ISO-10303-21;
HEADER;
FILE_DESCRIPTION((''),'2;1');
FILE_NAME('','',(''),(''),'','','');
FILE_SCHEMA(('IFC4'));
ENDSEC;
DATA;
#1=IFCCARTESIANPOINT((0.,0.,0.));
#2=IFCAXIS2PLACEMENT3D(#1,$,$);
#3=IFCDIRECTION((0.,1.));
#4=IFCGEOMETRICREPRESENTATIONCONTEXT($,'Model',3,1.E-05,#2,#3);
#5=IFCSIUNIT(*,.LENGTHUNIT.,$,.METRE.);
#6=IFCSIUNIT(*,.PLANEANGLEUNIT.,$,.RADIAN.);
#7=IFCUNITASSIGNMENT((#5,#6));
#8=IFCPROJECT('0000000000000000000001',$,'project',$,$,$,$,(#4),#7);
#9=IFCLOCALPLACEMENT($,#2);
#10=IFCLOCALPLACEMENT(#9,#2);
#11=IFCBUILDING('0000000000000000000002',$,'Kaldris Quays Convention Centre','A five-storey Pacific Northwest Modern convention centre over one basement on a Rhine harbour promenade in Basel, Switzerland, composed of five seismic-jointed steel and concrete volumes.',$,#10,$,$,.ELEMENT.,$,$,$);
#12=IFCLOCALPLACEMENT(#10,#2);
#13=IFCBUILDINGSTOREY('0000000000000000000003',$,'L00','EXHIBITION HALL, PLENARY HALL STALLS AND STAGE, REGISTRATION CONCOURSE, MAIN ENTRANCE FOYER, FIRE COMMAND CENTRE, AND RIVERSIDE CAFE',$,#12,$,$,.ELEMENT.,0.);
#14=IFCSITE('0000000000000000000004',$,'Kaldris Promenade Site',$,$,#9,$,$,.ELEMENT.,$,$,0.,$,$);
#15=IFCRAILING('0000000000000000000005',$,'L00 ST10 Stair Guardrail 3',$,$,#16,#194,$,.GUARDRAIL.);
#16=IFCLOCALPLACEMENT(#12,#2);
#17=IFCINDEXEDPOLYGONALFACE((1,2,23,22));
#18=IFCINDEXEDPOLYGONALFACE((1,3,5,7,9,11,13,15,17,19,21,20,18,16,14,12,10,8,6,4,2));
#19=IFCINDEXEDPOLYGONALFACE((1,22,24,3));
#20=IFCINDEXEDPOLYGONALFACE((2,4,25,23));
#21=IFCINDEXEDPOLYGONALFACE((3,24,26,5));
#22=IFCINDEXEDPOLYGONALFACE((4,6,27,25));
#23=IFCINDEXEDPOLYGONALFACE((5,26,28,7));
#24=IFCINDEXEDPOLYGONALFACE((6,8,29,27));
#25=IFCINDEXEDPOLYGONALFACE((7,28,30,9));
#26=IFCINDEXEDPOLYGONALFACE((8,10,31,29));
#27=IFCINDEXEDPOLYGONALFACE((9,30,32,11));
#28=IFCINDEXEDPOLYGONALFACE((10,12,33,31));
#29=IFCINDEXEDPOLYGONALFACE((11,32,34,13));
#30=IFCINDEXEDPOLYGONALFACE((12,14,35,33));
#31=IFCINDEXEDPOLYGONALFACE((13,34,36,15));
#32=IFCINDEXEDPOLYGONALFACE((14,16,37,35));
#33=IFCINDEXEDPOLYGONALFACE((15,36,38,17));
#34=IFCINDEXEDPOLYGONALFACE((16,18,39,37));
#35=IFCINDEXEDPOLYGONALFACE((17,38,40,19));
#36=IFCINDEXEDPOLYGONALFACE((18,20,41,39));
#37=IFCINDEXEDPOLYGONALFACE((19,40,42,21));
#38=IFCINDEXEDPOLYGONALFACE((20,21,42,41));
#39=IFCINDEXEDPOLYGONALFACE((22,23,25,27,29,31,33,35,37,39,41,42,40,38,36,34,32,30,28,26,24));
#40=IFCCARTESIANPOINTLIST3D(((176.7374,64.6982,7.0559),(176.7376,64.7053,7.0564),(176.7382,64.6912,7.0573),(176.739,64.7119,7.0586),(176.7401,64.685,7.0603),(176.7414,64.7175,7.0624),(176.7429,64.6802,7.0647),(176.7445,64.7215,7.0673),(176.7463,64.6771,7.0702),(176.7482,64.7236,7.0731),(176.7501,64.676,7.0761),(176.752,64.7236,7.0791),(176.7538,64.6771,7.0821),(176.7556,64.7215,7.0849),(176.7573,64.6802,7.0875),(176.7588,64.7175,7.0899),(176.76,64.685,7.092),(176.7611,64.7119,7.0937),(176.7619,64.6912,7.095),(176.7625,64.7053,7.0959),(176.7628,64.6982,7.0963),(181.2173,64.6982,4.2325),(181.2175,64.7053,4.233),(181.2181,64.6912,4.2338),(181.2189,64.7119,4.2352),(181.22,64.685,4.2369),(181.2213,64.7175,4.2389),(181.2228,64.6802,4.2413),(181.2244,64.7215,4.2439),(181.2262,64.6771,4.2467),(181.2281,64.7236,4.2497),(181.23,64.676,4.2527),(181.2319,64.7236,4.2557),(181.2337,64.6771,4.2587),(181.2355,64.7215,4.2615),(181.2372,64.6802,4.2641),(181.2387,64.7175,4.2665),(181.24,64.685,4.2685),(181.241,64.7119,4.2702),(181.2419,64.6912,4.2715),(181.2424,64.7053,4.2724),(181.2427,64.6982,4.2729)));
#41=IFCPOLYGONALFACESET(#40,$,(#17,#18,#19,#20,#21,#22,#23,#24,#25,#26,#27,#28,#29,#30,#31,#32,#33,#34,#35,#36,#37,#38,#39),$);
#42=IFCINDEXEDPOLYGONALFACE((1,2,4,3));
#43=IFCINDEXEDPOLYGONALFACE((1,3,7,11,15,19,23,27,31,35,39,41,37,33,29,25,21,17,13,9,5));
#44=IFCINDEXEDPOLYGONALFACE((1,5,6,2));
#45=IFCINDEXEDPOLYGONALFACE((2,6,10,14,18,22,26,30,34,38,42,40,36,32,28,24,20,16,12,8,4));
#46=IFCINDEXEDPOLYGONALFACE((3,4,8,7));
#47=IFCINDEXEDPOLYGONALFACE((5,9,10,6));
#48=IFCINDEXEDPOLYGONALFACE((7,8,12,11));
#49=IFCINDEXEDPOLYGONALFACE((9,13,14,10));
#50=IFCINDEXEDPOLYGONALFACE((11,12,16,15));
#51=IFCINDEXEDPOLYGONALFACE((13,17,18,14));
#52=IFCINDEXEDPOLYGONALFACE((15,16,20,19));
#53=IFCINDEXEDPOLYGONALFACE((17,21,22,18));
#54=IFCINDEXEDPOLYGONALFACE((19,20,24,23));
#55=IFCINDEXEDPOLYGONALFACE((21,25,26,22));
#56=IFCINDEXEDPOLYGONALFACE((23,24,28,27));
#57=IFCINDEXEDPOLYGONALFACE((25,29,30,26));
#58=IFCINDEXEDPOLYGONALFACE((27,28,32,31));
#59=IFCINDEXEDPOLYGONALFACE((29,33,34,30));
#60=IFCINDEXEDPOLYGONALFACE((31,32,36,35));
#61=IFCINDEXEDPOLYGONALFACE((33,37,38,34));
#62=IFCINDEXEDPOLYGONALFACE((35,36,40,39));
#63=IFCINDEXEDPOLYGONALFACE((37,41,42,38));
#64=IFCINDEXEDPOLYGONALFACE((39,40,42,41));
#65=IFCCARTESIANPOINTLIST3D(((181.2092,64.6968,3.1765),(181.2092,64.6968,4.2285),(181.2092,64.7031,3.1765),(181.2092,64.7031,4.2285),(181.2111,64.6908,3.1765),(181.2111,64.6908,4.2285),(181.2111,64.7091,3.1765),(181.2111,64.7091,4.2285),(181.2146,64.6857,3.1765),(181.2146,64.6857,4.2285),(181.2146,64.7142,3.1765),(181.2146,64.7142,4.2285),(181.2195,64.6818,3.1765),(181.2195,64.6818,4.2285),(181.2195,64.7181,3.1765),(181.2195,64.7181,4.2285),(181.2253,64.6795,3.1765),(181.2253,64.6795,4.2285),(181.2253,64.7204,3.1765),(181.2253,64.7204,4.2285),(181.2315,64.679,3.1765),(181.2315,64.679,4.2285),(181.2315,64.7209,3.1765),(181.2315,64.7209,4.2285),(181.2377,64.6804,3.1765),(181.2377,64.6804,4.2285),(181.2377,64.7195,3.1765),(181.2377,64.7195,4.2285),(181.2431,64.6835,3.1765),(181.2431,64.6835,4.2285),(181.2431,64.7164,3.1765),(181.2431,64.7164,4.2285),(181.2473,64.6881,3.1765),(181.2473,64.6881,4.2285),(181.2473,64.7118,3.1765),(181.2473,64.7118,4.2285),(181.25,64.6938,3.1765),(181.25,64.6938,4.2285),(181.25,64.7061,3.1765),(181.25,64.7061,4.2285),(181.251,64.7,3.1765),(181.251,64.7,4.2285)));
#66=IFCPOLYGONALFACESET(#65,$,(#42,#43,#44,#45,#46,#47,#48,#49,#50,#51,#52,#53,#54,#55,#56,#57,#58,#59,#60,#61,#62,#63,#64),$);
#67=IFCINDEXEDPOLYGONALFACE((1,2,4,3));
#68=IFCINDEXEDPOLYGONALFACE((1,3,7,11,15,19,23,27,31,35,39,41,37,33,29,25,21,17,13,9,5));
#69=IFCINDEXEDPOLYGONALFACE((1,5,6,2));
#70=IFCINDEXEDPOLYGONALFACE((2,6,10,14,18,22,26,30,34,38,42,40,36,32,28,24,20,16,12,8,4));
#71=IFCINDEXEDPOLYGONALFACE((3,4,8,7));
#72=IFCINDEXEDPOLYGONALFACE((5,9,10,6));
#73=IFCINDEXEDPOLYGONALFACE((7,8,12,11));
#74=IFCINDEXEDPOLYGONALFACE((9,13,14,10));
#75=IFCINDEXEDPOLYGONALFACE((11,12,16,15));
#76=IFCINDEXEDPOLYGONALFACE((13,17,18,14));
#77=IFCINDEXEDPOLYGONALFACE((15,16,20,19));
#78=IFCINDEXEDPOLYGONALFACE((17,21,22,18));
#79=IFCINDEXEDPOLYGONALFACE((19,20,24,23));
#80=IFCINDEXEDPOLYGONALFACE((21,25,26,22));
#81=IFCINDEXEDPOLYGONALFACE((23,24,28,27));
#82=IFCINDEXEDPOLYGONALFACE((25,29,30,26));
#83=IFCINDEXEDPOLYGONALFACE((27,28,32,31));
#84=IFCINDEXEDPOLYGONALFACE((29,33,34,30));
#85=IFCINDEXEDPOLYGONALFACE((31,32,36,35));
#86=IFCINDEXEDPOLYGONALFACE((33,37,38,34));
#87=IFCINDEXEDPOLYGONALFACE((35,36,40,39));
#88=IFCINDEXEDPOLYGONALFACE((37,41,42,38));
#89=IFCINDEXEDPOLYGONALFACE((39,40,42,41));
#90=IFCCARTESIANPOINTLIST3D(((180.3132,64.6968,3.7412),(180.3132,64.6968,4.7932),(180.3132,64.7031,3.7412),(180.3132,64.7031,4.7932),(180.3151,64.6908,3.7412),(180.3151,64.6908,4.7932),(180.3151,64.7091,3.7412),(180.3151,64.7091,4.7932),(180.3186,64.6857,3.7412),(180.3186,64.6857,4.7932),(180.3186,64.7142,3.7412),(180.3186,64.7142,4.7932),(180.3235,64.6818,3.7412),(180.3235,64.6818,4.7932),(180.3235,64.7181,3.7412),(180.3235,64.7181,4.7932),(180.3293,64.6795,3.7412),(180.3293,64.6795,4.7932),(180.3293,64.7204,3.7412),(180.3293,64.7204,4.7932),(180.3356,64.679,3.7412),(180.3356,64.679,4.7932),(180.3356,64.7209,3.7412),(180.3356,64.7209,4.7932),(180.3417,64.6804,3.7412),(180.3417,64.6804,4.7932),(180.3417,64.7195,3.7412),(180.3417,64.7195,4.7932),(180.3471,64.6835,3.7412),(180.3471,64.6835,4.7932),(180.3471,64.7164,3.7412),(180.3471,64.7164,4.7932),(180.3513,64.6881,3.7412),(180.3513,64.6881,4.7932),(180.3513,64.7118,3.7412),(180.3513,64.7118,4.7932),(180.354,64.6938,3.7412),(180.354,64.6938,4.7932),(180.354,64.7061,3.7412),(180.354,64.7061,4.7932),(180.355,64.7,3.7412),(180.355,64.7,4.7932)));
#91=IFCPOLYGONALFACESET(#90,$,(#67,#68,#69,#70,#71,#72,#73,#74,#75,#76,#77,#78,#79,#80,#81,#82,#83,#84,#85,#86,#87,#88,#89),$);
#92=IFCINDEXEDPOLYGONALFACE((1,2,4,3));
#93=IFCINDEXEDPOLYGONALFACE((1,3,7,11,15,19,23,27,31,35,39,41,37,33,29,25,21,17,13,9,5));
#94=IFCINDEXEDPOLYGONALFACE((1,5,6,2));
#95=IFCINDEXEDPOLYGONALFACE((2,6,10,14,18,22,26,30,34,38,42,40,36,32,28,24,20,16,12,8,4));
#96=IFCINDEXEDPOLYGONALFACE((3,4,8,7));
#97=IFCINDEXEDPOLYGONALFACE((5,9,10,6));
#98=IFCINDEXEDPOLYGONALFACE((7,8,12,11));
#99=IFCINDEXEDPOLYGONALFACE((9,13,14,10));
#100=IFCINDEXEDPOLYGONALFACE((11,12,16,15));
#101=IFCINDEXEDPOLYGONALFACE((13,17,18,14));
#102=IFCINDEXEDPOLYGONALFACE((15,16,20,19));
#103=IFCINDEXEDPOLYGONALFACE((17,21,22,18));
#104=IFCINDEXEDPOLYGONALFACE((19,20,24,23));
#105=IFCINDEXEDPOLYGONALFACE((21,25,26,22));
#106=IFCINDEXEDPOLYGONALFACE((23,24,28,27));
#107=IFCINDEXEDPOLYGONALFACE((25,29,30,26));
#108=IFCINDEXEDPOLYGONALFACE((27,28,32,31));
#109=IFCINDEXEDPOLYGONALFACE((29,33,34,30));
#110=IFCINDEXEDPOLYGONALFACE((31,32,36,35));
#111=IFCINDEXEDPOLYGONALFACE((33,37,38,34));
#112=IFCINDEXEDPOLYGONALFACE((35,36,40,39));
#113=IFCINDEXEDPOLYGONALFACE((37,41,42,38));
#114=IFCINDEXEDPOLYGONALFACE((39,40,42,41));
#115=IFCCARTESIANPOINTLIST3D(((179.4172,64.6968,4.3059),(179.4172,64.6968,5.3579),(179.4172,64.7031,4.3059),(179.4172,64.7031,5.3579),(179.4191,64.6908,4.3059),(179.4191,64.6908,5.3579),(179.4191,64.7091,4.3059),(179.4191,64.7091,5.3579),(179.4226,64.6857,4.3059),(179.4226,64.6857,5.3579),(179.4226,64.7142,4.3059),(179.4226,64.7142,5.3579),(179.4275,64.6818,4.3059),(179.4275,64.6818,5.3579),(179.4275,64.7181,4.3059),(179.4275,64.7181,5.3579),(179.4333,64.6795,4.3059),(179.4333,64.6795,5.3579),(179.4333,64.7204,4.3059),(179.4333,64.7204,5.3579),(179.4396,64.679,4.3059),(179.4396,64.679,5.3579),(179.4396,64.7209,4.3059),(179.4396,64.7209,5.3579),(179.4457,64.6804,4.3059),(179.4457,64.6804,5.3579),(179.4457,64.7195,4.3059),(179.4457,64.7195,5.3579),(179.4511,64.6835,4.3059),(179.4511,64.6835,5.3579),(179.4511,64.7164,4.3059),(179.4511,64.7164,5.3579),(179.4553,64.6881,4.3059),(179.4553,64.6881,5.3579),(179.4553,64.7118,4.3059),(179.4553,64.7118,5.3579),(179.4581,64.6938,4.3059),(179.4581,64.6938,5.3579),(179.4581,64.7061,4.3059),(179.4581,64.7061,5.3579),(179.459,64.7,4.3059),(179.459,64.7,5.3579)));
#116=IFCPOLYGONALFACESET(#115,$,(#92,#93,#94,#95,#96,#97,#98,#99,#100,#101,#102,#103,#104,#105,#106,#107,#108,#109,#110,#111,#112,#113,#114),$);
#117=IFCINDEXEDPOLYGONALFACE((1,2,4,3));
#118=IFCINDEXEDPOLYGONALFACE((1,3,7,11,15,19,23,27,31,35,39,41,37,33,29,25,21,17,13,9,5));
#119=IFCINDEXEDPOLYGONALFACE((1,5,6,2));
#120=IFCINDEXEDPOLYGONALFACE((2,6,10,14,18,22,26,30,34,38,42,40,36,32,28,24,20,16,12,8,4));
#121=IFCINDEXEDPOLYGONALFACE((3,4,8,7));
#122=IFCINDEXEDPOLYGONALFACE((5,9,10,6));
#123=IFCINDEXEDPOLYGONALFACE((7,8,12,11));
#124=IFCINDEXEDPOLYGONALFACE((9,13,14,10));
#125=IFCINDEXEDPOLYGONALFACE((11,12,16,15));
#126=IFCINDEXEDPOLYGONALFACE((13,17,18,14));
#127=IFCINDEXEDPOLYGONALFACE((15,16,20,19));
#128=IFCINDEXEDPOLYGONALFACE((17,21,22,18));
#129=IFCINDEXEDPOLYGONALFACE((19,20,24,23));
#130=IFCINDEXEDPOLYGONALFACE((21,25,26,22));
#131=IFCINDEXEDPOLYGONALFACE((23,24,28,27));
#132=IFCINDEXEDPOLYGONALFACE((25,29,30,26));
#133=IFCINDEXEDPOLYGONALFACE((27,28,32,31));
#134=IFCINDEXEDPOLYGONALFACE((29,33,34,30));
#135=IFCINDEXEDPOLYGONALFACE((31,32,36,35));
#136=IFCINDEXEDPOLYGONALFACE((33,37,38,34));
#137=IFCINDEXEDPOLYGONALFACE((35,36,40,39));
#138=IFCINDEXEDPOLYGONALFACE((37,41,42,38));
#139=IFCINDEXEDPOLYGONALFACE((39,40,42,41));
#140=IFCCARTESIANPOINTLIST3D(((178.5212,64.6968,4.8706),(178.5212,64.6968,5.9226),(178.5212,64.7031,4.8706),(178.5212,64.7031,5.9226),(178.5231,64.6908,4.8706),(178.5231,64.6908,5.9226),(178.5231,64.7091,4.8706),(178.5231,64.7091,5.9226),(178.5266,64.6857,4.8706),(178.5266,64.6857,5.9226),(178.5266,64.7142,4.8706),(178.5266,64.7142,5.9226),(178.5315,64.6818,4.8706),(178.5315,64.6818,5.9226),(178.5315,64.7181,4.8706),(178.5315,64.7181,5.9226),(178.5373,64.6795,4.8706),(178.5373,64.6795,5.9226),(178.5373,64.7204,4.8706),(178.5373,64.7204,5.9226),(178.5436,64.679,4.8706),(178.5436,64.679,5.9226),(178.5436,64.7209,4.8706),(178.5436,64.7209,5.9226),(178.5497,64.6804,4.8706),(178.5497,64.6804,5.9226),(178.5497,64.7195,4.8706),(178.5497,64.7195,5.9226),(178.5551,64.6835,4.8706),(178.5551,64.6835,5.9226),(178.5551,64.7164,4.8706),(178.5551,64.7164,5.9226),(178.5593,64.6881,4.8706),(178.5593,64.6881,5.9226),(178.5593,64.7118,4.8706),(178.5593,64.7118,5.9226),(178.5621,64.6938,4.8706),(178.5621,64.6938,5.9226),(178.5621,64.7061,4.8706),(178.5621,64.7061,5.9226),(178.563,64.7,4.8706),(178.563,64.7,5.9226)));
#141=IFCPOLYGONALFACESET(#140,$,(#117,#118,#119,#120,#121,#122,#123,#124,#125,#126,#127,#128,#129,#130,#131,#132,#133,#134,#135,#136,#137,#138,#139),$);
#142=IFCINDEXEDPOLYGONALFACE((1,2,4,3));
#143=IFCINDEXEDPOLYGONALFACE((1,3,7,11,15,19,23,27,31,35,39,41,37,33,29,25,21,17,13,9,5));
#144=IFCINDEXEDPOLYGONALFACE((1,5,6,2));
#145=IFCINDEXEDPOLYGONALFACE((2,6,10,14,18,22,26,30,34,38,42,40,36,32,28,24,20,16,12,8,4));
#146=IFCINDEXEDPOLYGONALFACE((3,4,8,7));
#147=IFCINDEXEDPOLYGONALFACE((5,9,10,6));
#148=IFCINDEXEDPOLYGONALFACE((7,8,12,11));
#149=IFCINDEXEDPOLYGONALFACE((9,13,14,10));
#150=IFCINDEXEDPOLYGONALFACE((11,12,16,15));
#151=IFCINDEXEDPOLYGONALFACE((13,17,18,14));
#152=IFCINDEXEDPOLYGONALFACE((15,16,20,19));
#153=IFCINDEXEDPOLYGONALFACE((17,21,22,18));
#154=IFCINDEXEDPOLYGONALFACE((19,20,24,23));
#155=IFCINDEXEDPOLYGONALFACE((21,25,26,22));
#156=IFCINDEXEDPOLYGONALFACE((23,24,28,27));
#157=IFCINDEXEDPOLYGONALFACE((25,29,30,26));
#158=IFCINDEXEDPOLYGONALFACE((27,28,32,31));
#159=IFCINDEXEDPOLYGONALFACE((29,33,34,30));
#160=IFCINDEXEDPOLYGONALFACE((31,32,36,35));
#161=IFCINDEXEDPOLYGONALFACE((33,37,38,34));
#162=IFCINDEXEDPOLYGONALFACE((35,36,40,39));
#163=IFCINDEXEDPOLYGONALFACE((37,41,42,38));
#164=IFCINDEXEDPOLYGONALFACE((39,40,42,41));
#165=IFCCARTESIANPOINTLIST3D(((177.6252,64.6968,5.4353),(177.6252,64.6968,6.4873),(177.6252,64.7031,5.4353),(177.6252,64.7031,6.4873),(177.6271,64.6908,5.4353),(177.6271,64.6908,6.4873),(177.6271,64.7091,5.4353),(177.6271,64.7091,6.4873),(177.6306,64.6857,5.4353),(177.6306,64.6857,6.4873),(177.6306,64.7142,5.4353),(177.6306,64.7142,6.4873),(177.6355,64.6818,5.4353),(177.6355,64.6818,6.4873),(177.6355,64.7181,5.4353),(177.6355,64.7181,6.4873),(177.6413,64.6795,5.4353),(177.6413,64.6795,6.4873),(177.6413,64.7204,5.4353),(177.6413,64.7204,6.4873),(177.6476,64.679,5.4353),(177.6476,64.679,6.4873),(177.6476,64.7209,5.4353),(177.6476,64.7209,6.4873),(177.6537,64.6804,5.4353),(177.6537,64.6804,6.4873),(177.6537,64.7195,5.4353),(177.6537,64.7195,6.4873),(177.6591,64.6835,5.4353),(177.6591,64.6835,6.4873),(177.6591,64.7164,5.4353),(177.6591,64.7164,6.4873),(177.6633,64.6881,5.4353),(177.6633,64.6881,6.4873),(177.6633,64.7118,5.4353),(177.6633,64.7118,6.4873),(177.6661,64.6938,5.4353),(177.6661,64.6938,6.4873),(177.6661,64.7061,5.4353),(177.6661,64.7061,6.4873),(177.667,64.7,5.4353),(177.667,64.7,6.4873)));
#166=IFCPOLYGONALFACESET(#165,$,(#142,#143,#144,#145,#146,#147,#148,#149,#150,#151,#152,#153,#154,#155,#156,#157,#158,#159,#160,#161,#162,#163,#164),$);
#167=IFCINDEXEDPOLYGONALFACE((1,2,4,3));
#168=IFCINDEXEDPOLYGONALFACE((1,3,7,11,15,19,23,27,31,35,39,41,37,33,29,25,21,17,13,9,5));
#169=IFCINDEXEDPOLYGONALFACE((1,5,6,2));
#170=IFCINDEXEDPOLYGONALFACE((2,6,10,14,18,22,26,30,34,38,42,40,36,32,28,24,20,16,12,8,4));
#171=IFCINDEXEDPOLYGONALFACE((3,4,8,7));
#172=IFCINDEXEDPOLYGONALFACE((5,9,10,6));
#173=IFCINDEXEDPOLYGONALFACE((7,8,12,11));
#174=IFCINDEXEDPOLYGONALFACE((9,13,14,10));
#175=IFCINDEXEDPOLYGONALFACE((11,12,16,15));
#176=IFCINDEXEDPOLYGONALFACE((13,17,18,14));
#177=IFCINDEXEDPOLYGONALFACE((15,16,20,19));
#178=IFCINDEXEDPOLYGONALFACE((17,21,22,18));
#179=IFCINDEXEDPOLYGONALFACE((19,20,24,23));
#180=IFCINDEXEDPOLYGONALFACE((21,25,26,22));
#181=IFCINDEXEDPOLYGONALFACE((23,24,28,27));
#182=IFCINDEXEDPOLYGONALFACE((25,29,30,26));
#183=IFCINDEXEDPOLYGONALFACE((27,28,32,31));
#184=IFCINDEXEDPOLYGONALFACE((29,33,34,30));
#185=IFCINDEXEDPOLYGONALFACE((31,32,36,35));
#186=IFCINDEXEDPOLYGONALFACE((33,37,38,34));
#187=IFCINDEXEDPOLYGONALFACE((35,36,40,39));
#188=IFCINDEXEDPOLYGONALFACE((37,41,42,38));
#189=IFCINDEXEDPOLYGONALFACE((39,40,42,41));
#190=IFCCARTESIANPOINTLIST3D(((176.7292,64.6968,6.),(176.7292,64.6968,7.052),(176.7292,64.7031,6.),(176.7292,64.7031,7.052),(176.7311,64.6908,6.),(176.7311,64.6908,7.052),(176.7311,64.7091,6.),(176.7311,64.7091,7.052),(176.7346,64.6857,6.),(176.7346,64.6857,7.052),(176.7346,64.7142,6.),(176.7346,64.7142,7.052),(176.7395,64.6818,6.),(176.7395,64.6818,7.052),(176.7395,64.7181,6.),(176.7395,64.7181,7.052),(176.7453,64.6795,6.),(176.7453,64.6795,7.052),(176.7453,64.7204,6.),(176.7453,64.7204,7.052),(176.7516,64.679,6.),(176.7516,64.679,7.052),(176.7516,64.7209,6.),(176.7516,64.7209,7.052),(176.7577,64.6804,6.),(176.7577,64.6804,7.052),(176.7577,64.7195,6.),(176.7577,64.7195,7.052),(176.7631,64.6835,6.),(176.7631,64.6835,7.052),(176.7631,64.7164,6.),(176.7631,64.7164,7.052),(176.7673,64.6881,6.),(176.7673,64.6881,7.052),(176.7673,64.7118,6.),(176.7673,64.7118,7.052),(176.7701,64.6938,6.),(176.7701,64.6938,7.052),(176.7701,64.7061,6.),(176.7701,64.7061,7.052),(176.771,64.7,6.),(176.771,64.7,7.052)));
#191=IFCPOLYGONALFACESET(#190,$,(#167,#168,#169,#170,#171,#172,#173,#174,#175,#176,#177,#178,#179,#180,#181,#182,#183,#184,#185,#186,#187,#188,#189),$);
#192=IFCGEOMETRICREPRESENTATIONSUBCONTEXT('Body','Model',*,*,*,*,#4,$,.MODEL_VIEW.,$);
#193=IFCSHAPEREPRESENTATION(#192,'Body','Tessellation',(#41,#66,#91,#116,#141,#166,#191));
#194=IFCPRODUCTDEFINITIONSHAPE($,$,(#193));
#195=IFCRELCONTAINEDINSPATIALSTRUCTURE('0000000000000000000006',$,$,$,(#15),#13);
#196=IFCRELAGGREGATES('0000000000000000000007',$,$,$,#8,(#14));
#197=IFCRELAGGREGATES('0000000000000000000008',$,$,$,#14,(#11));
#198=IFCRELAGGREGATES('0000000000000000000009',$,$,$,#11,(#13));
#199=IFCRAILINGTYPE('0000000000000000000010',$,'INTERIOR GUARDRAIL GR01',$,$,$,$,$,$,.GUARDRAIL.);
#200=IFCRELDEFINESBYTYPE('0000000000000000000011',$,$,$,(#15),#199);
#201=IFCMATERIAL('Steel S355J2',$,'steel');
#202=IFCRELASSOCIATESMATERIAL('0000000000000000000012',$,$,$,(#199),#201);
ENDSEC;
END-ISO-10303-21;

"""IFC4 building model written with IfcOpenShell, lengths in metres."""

from ifc_helpers import new_model, si_unit, direction, frame, origin, origin_2d, place, context, subcontext, project, spatial, circle, extrude, material, type_object, element, save


model = new_model("IFC4")

# Units and contexts
model_context = context("Model", 3, precision=1e-05, world=origin(), true_north=direction((0.0, 1.0)))
body_context = subcontext(model_context, "Body", "Model", "MODEL_VIEW")
ifc_project = project(units=[si_unit("LENGTHUNIT", "METRE"), si_unit("PLANEANGLEUNIT", "RADIAN")], contexts=[model_context])

# Site, building, storey
site_placement = place(None, origin())
site = spatial("IfcSite", under=ifc_project, at=site_placement, Name="Kaldris Promenade Site", CompositionType="ELEMENT", RefElevation=0.0)
building_placement = place(site_placement, origin())
building = spatial("IfcBuilding", under=site, at=building_placement, Name="Kaldris Quays Convention Centre", Description="A five-storey Pacific Northwest Modern convention centre over one basement on a Rhine harbour promenade in Basel, Switzerland, composed of five seismic-jointed steel and concrete volumes.", CompositionType="ELEMENT")
storey_placement = place(building_placement, origin())
storey = spatial("IfcBuildingStorey", under=building, at=storey_placement, Name="L00", Description="EXHIBITION HALL, PLENARY HALL STALLS AND STAGE, REGISTRATION CONCOURSE, MAIN ENTRANCE FOYER, FIRE COMMAND CENTRE, AND RIVERSIDE CAFE", CompositionType="ELEMENT", Elevation=0.0)

# Shared definitions
ifc_material_1 = material(Name="Steel S355J2", Category="steel")

# Railing
railing_type_1 = type_object("IfcRailingType", Name="INTERIOR GUARDRAIL GR01", PredefinedType="GUARDRAIL", material=ifc_material_1)
railing_1_placement = place(storey_placement, frame((181.23, 64.7, 3.1765)))
element("IfcRailing", 1, at=railing_1_placement, inside=storey, type_object=railing_type_1, Name="L00 ST10 Stair Guardrail 3", PredefinedType="GUARDRAIL", context=body_context, shape_type="SweptSolid", body=[
    extrude(circle(Radius=0.0239, at=origin_2d()), frame((0.0, 0.0, 1.0762), z_axis=(-0.845998, 0.0, 0.533186), x_axis=(0.0, -1.0, 0.0)), (0.0, 0.0, 1.0), 5.2954),
    extrude(circle(Radius=0.021, at=origin_2d()), origin(), (0.0, 0.0, 1.0), 1.052),
    extrude(circle(Radius=0.021, at=origin_2d()), frame((-0.896, 0.0, 0.5647)), (0.0, 0.0, 1.0), 1.052),
    extrude(circle(Radius=0.021, at=origin_2d()), frame((-1.792, 0.0, 1.1294)), (0.0, 0.0, 1.0), 1.052),
    extrude(circle(Radius=0.021, at=origin_2d()), frame((-2.688, 0.0, 1.6941)), (0.0, 0.0, 1.0), 1.052),
    extrude(circle(Radius=0.021, at=origin_2d()), frame((-3.584, 0.0, 2.2588)), (0.0, 0.0, 1.0), 1.052),
    extrude(circle(Radius=0.021, at=origin_2d()), frame((-4.48, 0.0, 2.8235)), (0.0, 0.0, 1.0), 1.052),
])

save(model, "model.ifc")
